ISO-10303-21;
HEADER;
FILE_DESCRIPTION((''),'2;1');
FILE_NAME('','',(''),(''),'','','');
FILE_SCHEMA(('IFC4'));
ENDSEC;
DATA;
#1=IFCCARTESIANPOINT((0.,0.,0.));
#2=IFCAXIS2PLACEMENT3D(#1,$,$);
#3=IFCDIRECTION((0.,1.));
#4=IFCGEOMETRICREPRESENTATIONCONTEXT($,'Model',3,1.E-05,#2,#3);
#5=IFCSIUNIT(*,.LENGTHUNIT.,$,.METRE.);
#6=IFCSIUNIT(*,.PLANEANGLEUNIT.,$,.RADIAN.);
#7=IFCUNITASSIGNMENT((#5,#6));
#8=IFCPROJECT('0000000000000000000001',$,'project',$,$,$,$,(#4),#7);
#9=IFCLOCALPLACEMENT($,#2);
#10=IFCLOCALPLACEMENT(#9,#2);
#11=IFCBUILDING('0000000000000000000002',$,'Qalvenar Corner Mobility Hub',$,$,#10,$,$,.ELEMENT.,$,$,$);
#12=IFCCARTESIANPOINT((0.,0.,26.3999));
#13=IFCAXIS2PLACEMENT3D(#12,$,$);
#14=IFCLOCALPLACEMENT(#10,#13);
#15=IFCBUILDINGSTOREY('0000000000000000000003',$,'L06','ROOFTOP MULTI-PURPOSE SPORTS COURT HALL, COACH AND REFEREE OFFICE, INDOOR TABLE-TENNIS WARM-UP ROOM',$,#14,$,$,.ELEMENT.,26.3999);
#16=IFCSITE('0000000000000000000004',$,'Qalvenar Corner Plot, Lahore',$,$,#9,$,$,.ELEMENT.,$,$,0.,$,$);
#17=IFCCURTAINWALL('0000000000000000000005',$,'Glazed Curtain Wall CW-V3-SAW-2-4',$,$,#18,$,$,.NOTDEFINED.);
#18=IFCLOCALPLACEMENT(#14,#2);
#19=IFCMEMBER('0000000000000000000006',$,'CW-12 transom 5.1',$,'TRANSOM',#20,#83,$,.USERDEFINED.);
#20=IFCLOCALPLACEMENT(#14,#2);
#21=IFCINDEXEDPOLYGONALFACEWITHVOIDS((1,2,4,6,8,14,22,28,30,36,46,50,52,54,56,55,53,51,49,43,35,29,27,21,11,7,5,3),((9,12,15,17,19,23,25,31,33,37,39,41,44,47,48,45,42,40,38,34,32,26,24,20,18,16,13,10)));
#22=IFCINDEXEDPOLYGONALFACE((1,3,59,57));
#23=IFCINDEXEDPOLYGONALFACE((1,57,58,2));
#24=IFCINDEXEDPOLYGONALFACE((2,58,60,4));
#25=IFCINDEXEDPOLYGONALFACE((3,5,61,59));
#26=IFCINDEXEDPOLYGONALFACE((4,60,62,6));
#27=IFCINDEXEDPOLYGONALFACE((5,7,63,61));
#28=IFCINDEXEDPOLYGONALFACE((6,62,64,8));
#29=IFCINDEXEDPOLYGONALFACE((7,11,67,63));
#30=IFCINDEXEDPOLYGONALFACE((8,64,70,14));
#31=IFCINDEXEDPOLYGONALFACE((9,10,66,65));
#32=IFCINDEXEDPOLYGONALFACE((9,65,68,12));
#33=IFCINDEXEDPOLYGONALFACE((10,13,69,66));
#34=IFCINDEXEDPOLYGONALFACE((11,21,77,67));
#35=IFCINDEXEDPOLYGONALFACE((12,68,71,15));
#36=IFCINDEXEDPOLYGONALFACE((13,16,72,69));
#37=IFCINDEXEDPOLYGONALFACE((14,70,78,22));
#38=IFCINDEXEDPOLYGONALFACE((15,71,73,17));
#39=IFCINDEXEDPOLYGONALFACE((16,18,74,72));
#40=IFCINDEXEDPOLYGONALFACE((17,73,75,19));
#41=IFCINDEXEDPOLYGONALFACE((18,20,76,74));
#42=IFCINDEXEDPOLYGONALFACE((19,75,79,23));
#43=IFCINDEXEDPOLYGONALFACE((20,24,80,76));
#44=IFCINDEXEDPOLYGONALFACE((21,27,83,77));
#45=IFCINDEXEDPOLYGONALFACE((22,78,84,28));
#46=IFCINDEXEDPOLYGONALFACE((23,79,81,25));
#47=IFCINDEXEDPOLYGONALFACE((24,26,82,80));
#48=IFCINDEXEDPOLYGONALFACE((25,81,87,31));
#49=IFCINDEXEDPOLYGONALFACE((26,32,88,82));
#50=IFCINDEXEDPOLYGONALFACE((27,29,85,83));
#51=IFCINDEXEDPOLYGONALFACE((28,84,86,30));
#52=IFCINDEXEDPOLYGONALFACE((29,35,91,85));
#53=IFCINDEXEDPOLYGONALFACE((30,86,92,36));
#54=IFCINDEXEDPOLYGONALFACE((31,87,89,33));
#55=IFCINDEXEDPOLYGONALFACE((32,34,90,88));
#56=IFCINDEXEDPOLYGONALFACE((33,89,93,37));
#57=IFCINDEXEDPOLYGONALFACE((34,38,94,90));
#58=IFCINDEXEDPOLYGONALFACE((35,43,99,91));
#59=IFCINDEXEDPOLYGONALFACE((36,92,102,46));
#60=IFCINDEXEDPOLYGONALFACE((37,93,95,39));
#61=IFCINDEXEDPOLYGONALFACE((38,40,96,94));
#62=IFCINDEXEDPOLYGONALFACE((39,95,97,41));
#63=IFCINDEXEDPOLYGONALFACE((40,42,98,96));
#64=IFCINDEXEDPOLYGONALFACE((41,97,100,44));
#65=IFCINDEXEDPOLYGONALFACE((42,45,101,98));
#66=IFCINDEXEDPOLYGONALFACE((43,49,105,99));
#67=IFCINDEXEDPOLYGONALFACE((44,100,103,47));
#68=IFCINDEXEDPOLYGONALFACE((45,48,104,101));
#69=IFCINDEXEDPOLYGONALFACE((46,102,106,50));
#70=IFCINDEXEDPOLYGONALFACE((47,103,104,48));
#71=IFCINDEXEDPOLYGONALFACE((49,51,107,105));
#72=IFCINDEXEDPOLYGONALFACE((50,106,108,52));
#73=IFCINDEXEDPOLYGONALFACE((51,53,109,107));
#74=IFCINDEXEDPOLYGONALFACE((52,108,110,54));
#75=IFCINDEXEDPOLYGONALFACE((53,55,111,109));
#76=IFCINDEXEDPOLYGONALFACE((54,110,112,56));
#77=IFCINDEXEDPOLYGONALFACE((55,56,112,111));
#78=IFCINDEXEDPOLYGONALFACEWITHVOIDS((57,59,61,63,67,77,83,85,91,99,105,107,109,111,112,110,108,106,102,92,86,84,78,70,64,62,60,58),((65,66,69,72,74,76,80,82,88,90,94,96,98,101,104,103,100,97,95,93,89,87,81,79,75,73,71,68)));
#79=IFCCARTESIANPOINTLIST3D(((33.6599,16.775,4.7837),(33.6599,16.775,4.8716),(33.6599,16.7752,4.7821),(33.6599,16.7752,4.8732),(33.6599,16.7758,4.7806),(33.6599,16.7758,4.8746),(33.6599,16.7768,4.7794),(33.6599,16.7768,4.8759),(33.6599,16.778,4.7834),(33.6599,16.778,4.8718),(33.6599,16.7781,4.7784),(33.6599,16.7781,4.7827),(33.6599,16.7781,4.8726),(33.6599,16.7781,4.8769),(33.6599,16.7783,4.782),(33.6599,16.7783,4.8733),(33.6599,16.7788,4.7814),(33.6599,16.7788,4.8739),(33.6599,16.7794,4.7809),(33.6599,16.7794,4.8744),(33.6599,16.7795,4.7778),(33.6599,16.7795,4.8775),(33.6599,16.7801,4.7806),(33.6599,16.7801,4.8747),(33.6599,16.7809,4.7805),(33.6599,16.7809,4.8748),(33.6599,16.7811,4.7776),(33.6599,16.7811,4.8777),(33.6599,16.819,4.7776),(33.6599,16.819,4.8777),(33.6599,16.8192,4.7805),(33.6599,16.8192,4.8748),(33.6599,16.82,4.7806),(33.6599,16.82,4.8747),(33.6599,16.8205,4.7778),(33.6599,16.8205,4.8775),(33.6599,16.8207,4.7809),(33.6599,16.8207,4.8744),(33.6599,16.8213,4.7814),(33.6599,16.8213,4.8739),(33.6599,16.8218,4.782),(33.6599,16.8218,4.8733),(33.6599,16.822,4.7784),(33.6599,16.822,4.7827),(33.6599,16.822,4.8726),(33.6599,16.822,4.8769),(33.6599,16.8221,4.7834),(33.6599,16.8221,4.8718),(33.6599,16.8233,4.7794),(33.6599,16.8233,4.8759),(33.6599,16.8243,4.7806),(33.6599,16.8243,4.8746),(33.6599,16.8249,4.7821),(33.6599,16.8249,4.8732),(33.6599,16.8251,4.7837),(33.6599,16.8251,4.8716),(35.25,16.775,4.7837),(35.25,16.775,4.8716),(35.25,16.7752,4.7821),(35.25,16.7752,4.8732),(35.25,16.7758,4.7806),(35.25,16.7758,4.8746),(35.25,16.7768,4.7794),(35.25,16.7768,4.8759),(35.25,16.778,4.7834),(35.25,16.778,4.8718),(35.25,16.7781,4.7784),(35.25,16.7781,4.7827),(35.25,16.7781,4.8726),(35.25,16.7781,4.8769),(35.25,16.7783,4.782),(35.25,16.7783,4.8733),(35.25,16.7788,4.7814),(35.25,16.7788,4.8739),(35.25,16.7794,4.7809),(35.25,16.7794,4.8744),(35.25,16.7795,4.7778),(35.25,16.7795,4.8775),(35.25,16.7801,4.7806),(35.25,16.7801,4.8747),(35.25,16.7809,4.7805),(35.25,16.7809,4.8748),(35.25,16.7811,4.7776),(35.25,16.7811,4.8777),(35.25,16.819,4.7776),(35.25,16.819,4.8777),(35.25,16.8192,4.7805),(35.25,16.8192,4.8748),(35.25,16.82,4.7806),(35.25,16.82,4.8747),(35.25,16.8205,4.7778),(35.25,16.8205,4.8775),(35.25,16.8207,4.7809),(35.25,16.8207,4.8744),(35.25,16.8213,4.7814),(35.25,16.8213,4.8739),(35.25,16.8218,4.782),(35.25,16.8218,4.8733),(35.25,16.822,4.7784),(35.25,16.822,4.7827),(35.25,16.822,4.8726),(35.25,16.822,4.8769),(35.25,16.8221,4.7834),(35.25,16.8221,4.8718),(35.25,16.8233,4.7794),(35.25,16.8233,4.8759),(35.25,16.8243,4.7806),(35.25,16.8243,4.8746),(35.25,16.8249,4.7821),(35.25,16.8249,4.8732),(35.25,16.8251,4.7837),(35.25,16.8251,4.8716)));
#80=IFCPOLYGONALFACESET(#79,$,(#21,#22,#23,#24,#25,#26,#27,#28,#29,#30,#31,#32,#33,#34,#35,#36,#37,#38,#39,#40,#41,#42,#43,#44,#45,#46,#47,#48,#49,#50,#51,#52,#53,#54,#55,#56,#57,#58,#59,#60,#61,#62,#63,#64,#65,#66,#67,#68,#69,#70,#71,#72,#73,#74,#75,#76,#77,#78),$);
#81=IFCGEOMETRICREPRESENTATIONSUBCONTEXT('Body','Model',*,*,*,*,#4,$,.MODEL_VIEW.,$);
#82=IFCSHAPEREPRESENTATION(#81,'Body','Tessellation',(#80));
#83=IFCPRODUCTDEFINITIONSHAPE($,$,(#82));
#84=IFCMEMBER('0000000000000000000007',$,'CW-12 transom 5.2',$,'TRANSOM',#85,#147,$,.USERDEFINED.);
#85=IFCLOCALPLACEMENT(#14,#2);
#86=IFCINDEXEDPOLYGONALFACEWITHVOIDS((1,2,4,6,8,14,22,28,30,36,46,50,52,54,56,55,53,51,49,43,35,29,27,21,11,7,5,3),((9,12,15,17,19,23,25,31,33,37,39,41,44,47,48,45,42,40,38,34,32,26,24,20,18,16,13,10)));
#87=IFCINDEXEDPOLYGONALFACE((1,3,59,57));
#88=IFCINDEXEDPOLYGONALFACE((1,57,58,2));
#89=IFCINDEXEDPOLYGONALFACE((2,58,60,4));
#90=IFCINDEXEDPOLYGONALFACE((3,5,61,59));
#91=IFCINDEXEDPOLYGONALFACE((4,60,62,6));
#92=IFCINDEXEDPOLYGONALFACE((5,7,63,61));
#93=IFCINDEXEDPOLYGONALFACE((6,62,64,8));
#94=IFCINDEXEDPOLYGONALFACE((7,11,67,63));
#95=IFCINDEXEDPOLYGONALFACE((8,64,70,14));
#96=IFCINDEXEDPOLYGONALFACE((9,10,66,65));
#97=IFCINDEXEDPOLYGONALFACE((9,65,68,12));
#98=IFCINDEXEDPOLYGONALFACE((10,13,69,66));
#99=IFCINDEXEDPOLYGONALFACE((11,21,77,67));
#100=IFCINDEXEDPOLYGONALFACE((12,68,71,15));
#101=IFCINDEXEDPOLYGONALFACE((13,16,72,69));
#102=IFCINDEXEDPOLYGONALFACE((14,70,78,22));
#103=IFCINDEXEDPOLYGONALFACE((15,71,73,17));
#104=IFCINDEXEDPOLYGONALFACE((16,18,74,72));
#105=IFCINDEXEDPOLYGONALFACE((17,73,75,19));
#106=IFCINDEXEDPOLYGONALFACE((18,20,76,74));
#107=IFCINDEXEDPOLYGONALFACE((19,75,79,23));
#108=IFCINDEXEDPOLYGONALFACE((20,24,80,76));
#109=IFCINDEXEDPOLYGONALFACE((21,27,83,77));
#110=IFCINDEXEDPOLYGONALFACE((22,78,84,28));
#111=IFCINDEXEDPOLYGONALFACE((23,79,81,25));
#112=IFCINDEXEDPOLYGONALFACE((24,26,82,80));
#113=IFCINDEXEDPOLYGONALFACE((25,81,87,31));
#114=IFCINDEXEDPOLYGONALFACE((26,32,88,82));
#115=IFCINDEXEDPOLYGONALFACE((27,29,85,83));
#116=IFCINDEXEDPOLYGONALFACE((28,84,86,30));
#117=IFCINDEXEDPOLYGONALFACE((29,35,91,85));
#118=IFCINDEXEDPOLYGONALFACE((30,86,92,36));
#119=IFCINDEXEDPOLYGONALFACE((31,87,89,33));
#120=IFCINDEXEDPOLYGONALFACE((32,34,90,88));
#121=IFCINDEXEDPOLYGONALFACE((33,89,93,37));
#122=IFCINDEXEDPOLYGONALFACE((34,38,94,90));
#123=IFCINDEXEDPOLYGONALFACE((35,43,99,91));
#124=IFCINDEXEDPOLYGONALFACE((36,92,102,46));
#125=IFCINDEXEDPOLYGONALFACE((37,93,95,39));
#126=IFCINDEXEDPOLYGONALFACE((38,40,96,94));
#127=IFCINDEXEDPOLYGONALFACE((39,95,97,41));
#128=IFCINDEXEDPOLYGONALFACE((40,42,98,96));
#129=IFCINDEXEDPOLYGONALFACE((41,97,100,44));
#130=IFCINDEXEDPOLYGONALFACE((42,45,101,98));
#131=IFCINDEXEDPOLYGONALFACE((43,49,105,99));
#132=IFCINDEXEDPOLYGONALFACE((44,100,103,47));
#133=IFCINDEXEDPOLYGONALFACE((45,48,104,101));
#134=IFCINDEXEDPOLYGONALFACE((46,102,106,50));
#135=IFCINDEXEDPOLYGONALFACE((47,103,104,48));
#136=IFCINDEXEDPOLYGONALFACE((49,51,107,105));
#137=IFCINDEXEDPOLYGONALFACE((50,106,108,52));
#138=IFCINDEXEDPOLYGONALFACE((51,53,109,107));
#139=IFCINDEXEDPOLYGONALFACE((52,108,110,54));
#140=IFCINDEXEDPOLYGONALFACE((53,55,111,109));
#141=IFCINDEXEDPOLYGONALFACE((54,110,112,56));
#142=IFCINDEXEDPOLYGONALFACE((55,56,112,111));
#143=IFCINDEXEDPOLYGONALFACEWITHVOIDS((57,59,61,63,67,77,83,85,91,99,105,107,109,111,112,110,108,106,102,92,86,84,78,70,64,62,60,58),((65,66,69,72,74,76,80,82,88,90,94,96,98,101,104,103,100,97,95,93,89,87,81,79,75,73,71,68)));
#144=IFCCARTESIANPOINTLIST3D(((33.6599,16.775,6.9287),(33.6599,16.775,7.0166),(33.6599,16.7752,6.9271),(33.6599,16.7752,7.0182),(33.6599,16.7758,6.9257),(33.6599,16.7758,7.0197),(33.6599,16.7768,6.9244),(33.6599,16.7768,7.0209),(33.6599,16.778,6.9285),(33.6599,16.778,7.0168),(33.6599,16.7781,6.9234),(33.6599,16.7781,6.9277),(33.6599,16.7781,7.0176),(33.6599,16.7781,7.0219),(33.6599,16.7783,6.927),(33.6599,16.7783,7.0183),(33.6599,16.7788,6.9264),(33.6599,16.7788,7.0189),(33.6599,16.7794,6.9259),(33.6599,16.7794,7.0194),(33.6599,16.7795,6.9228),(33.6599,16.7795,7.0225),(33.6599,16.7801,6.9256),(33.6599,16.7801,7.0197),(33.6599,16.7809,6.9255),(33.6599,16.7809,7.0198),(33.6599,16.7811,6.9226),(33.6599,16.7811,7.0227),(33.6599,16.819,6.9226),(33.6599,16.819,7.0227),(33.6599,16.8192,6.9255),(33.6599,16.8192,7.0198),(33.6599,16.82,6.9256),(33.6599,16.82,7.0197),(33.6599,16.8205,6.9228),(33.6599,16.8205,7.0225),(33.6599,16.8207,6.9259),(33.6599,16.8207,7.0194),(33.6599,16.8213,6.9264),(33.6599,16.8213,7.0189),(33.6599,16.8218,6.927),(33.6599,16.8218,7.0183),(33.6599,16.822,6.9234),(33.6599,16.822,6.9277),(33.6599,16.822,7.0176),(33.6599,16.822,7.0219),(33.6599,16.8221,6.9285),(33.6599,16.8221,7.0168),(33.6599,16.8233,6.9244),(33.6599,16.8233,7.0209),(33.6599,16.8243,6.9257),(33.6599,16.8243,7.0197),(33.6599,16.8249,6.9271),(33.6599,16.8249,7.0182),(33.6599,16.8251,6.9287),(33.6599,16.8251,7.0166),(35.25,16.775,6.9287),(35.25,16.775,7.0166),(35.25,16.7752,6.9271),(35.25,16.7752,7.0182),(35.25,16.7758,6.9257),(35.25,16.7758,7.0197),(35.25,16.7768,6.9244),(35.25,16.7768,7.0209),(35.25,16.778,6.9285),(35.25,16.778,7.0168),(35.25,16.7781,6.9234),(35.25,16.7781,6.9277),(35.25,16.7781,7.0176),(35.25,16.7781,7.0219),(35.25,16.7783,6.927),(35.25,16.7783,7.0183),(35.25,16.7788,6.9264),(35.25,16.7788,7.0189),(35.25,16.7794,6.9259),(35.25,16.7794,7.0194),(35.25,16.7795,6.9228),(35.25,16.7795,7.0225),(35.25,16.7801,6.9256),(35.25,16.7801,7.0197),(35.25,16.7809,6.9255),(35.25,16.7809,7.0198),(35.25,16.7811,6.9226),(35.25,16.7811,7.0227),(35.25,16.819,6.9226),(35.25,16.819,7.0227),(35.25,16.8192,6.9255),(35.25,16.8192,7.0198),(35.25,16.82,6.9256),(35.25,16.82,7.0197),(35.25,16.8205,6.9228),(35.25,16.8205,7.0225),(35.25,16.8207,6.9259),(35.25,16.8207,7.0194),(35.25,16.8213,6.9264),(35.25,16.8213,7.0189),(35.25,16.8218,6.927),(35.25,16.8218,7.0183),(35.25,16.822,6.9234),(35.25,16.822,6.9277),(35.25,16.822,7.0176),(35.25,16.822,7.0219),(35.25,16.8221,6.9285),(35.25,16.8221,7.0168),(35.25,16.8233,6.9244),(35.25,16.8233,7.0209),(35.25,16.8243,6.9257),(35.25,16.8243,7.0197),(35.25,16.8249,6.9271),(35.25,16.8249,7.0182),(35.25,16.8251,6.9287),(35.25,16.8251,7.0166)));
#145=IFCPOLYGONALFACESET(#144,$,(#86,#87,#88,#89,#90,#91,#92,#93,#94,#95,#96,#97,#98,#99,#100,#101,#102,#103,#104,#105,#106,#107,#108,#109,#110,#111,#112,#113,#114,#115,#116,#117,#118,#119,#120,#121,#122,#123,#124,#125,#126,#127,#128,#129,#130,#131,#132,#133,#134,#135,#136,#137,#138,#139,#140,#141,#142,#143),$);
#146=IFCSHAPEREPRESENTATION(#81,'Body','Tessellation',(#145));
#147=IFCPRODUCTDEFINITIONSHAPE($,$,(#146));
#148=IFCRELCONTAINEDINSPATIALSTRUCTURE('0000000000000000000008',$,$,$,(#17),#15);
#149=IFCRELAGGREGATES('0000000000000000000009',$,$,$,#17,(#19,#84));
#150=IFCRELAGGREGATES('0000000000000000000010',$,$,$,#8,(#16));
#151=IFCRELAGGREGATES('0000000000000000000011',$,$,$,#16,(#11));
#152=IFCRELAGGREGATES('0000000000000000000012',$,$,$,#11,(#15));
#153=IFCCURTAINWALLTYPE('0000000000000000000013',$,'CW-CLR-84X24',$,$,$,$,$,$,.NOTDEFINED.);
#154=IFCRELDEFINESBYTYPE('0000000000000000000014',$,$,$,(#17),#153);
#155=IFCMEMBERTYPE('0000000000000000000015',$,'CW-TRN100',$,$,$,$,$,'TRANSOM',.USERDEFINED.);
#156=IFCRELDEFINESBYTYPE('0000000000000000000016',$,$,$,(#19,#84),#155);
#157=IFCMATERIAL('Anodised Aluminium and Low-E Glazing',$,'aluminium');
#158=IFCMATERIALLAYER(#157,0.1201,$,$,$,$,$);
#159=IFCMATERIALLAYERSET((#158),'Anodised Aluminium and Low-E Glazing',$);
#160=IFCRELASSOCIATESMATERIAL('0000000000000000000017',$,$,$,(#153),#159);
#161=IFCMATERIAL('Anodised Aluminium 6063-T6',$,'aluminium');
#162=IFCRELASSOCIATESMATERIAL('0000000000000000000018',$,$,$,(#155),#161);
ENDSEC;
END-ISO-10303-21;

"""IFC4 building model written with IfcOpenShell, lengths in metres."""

from ifc_helpers import new_model, si_unit, direction, frame, origin, origin_2d, place, context, subcontext, project, spatial, hollow_rectangle, extrude, material, layer, layer_set, material_profile, profile_set, type_object, element, aggregate, save


model = new_model("IFC4")

# Units and contexts
model_context = context("Model", 3, precision=1e-05, world=origin(), true_north=direction((0.0, 1.0)))
body_context = subcontext(model_context, "Body", "Model", "MODEL_VIEW")
ifc_project = project(units=[si_unit("LENGTHUNIT", "METRE"), si_unit("PLANEANGLEUNIT", "RADIAN")], contexts=[model_context])

# Site, building, storey
site_placement = place(None, origin())
site = spatial("IfcSite", under=ifc_project, at=site_placement, Name="Qalvenar Corner Plot, Lahore", CompositionType="ELEMENT", RefElevation=0.0)
building_placement = place(site_placement, origin())
building = spatial("IfcBuilding", under=site, at=building_placement, Name="Qalvenar Corner Mobility Hub", CompositionType="ELEMENT")
storey_placement = place(building_placement, frame((0.0, 0.0, 26.3999)))
storey = spatial("IfcBuildingStorey", under=building, at=storey_placement, Name="L06", Description="ROOFTOP MULTI-PURPOSE SPORTS COURT HALL, COACH AND REFEREE OFFICE, INDOOR TABLE-TENNIS WARM-UP ROOM", CompositionType="ELEMENT", Elevation=26.3999)

# Curtain wall
ifc_material_1 = material(Name="Anodised Aluminium and Low-E Glazing", Category="aluminium")
ifc_layer_1 = layer(ifc_material_1, 0.1201)
ifc_layer_set_1 = layer_set([ifc_layer_1], Name="Anodised Aluminium and Low-E Glazing")
curtain_wall_type = type_object("IfcCurtainWallType", Name="CW-CLR-84X24", PredefinedType="NOTDEFINED", material=ifc_layer_set_1)
curtain_wall_1_placement = place(storey_placement, origin())
curtain_wall_1 = element("IfcCurtainWall", 1, at=curtain_wall_1_placement, inside=storey, type_object=curtain_wall_type, Name="Glazed Curtain Wall CW-V3-SAW-2-4", PredefinedType="NOTDEFINED")
ifc_material_2 = material(Name="Anodised Aluminium 6063-T6", Category="aluminium")

# Members
ifc_material_profile_1 = material_profile(ifc_material_2, hollow_rectangle(XDim=0.05, YDim=0.1001, WallThickness=0.0029, InnerFilletRadius=0.0029, OuterFilletRadius=0.0061, at=origin_2d()), Name="RHS100x50x3")
ifc_profile_set_1 = profile_set([ifc_material_profile_1], Name="Anodised Aluminium 6063-T6")
member_type_1 = type_object("IfcMemberType", Name="CW-TRN100", ElementType="TRANSOM", PredefinedType="USERDEFINED", material=ifc_profile_set_1)
member_1_placement = place(storey_placement, frame((35.25, 16.8, 4.8276), z_axis=(-1.0, 0.0, 0.0), x_axis=(0.0, -1.0, 0.0)))
member_1 = element("IfcMember", 2, at=member_1_placement, type_object=member_type_1, Name="CW-12 transom 5.1", ObjectType="TRANSOM", PredefinedType="USERDEFINED", context=body_context, shape_type="SweptSolid", body=[
    extrude(hollow_rectangle(XDim=0.05, YDim=0.1001, WallThickness=0.0029, InnerFilletRadius=0.0029, OuterFilletRadius=0.0061, at=origin_2d()), origin(), (0.0, 0.0, 1.0), 1.5901),
])
member_2_placement = place(storey_placement, frame((35.25, 16.8, 6.9727), z_axis=(-1.0, 0.0, 0.0), x_axis=(0.0, -1.0, 0.0)))
member_2 = element("IfcMember", 3, at=member_2_placement, type_object=member_type_1, Name="CW-12 transom 5.2", ObjectType="TRANSOM", PredefinedType="USERDEFINED", context=body_context, shape_type="SweptSolid", body=[
    extrude(hollow_rectangle(XDim=0.05, YDim=0.1001, WallThickness=0.0029, InnerFilletRadius=0.0029, OuterFilletRadius=0.0061, at=origin_2d()), origin(), (0.0, 0.0, 1.0), 1.5901),
])

aggregate(curtain_wall_1, [member_1, member_2])

save(model, "model.ifc")
